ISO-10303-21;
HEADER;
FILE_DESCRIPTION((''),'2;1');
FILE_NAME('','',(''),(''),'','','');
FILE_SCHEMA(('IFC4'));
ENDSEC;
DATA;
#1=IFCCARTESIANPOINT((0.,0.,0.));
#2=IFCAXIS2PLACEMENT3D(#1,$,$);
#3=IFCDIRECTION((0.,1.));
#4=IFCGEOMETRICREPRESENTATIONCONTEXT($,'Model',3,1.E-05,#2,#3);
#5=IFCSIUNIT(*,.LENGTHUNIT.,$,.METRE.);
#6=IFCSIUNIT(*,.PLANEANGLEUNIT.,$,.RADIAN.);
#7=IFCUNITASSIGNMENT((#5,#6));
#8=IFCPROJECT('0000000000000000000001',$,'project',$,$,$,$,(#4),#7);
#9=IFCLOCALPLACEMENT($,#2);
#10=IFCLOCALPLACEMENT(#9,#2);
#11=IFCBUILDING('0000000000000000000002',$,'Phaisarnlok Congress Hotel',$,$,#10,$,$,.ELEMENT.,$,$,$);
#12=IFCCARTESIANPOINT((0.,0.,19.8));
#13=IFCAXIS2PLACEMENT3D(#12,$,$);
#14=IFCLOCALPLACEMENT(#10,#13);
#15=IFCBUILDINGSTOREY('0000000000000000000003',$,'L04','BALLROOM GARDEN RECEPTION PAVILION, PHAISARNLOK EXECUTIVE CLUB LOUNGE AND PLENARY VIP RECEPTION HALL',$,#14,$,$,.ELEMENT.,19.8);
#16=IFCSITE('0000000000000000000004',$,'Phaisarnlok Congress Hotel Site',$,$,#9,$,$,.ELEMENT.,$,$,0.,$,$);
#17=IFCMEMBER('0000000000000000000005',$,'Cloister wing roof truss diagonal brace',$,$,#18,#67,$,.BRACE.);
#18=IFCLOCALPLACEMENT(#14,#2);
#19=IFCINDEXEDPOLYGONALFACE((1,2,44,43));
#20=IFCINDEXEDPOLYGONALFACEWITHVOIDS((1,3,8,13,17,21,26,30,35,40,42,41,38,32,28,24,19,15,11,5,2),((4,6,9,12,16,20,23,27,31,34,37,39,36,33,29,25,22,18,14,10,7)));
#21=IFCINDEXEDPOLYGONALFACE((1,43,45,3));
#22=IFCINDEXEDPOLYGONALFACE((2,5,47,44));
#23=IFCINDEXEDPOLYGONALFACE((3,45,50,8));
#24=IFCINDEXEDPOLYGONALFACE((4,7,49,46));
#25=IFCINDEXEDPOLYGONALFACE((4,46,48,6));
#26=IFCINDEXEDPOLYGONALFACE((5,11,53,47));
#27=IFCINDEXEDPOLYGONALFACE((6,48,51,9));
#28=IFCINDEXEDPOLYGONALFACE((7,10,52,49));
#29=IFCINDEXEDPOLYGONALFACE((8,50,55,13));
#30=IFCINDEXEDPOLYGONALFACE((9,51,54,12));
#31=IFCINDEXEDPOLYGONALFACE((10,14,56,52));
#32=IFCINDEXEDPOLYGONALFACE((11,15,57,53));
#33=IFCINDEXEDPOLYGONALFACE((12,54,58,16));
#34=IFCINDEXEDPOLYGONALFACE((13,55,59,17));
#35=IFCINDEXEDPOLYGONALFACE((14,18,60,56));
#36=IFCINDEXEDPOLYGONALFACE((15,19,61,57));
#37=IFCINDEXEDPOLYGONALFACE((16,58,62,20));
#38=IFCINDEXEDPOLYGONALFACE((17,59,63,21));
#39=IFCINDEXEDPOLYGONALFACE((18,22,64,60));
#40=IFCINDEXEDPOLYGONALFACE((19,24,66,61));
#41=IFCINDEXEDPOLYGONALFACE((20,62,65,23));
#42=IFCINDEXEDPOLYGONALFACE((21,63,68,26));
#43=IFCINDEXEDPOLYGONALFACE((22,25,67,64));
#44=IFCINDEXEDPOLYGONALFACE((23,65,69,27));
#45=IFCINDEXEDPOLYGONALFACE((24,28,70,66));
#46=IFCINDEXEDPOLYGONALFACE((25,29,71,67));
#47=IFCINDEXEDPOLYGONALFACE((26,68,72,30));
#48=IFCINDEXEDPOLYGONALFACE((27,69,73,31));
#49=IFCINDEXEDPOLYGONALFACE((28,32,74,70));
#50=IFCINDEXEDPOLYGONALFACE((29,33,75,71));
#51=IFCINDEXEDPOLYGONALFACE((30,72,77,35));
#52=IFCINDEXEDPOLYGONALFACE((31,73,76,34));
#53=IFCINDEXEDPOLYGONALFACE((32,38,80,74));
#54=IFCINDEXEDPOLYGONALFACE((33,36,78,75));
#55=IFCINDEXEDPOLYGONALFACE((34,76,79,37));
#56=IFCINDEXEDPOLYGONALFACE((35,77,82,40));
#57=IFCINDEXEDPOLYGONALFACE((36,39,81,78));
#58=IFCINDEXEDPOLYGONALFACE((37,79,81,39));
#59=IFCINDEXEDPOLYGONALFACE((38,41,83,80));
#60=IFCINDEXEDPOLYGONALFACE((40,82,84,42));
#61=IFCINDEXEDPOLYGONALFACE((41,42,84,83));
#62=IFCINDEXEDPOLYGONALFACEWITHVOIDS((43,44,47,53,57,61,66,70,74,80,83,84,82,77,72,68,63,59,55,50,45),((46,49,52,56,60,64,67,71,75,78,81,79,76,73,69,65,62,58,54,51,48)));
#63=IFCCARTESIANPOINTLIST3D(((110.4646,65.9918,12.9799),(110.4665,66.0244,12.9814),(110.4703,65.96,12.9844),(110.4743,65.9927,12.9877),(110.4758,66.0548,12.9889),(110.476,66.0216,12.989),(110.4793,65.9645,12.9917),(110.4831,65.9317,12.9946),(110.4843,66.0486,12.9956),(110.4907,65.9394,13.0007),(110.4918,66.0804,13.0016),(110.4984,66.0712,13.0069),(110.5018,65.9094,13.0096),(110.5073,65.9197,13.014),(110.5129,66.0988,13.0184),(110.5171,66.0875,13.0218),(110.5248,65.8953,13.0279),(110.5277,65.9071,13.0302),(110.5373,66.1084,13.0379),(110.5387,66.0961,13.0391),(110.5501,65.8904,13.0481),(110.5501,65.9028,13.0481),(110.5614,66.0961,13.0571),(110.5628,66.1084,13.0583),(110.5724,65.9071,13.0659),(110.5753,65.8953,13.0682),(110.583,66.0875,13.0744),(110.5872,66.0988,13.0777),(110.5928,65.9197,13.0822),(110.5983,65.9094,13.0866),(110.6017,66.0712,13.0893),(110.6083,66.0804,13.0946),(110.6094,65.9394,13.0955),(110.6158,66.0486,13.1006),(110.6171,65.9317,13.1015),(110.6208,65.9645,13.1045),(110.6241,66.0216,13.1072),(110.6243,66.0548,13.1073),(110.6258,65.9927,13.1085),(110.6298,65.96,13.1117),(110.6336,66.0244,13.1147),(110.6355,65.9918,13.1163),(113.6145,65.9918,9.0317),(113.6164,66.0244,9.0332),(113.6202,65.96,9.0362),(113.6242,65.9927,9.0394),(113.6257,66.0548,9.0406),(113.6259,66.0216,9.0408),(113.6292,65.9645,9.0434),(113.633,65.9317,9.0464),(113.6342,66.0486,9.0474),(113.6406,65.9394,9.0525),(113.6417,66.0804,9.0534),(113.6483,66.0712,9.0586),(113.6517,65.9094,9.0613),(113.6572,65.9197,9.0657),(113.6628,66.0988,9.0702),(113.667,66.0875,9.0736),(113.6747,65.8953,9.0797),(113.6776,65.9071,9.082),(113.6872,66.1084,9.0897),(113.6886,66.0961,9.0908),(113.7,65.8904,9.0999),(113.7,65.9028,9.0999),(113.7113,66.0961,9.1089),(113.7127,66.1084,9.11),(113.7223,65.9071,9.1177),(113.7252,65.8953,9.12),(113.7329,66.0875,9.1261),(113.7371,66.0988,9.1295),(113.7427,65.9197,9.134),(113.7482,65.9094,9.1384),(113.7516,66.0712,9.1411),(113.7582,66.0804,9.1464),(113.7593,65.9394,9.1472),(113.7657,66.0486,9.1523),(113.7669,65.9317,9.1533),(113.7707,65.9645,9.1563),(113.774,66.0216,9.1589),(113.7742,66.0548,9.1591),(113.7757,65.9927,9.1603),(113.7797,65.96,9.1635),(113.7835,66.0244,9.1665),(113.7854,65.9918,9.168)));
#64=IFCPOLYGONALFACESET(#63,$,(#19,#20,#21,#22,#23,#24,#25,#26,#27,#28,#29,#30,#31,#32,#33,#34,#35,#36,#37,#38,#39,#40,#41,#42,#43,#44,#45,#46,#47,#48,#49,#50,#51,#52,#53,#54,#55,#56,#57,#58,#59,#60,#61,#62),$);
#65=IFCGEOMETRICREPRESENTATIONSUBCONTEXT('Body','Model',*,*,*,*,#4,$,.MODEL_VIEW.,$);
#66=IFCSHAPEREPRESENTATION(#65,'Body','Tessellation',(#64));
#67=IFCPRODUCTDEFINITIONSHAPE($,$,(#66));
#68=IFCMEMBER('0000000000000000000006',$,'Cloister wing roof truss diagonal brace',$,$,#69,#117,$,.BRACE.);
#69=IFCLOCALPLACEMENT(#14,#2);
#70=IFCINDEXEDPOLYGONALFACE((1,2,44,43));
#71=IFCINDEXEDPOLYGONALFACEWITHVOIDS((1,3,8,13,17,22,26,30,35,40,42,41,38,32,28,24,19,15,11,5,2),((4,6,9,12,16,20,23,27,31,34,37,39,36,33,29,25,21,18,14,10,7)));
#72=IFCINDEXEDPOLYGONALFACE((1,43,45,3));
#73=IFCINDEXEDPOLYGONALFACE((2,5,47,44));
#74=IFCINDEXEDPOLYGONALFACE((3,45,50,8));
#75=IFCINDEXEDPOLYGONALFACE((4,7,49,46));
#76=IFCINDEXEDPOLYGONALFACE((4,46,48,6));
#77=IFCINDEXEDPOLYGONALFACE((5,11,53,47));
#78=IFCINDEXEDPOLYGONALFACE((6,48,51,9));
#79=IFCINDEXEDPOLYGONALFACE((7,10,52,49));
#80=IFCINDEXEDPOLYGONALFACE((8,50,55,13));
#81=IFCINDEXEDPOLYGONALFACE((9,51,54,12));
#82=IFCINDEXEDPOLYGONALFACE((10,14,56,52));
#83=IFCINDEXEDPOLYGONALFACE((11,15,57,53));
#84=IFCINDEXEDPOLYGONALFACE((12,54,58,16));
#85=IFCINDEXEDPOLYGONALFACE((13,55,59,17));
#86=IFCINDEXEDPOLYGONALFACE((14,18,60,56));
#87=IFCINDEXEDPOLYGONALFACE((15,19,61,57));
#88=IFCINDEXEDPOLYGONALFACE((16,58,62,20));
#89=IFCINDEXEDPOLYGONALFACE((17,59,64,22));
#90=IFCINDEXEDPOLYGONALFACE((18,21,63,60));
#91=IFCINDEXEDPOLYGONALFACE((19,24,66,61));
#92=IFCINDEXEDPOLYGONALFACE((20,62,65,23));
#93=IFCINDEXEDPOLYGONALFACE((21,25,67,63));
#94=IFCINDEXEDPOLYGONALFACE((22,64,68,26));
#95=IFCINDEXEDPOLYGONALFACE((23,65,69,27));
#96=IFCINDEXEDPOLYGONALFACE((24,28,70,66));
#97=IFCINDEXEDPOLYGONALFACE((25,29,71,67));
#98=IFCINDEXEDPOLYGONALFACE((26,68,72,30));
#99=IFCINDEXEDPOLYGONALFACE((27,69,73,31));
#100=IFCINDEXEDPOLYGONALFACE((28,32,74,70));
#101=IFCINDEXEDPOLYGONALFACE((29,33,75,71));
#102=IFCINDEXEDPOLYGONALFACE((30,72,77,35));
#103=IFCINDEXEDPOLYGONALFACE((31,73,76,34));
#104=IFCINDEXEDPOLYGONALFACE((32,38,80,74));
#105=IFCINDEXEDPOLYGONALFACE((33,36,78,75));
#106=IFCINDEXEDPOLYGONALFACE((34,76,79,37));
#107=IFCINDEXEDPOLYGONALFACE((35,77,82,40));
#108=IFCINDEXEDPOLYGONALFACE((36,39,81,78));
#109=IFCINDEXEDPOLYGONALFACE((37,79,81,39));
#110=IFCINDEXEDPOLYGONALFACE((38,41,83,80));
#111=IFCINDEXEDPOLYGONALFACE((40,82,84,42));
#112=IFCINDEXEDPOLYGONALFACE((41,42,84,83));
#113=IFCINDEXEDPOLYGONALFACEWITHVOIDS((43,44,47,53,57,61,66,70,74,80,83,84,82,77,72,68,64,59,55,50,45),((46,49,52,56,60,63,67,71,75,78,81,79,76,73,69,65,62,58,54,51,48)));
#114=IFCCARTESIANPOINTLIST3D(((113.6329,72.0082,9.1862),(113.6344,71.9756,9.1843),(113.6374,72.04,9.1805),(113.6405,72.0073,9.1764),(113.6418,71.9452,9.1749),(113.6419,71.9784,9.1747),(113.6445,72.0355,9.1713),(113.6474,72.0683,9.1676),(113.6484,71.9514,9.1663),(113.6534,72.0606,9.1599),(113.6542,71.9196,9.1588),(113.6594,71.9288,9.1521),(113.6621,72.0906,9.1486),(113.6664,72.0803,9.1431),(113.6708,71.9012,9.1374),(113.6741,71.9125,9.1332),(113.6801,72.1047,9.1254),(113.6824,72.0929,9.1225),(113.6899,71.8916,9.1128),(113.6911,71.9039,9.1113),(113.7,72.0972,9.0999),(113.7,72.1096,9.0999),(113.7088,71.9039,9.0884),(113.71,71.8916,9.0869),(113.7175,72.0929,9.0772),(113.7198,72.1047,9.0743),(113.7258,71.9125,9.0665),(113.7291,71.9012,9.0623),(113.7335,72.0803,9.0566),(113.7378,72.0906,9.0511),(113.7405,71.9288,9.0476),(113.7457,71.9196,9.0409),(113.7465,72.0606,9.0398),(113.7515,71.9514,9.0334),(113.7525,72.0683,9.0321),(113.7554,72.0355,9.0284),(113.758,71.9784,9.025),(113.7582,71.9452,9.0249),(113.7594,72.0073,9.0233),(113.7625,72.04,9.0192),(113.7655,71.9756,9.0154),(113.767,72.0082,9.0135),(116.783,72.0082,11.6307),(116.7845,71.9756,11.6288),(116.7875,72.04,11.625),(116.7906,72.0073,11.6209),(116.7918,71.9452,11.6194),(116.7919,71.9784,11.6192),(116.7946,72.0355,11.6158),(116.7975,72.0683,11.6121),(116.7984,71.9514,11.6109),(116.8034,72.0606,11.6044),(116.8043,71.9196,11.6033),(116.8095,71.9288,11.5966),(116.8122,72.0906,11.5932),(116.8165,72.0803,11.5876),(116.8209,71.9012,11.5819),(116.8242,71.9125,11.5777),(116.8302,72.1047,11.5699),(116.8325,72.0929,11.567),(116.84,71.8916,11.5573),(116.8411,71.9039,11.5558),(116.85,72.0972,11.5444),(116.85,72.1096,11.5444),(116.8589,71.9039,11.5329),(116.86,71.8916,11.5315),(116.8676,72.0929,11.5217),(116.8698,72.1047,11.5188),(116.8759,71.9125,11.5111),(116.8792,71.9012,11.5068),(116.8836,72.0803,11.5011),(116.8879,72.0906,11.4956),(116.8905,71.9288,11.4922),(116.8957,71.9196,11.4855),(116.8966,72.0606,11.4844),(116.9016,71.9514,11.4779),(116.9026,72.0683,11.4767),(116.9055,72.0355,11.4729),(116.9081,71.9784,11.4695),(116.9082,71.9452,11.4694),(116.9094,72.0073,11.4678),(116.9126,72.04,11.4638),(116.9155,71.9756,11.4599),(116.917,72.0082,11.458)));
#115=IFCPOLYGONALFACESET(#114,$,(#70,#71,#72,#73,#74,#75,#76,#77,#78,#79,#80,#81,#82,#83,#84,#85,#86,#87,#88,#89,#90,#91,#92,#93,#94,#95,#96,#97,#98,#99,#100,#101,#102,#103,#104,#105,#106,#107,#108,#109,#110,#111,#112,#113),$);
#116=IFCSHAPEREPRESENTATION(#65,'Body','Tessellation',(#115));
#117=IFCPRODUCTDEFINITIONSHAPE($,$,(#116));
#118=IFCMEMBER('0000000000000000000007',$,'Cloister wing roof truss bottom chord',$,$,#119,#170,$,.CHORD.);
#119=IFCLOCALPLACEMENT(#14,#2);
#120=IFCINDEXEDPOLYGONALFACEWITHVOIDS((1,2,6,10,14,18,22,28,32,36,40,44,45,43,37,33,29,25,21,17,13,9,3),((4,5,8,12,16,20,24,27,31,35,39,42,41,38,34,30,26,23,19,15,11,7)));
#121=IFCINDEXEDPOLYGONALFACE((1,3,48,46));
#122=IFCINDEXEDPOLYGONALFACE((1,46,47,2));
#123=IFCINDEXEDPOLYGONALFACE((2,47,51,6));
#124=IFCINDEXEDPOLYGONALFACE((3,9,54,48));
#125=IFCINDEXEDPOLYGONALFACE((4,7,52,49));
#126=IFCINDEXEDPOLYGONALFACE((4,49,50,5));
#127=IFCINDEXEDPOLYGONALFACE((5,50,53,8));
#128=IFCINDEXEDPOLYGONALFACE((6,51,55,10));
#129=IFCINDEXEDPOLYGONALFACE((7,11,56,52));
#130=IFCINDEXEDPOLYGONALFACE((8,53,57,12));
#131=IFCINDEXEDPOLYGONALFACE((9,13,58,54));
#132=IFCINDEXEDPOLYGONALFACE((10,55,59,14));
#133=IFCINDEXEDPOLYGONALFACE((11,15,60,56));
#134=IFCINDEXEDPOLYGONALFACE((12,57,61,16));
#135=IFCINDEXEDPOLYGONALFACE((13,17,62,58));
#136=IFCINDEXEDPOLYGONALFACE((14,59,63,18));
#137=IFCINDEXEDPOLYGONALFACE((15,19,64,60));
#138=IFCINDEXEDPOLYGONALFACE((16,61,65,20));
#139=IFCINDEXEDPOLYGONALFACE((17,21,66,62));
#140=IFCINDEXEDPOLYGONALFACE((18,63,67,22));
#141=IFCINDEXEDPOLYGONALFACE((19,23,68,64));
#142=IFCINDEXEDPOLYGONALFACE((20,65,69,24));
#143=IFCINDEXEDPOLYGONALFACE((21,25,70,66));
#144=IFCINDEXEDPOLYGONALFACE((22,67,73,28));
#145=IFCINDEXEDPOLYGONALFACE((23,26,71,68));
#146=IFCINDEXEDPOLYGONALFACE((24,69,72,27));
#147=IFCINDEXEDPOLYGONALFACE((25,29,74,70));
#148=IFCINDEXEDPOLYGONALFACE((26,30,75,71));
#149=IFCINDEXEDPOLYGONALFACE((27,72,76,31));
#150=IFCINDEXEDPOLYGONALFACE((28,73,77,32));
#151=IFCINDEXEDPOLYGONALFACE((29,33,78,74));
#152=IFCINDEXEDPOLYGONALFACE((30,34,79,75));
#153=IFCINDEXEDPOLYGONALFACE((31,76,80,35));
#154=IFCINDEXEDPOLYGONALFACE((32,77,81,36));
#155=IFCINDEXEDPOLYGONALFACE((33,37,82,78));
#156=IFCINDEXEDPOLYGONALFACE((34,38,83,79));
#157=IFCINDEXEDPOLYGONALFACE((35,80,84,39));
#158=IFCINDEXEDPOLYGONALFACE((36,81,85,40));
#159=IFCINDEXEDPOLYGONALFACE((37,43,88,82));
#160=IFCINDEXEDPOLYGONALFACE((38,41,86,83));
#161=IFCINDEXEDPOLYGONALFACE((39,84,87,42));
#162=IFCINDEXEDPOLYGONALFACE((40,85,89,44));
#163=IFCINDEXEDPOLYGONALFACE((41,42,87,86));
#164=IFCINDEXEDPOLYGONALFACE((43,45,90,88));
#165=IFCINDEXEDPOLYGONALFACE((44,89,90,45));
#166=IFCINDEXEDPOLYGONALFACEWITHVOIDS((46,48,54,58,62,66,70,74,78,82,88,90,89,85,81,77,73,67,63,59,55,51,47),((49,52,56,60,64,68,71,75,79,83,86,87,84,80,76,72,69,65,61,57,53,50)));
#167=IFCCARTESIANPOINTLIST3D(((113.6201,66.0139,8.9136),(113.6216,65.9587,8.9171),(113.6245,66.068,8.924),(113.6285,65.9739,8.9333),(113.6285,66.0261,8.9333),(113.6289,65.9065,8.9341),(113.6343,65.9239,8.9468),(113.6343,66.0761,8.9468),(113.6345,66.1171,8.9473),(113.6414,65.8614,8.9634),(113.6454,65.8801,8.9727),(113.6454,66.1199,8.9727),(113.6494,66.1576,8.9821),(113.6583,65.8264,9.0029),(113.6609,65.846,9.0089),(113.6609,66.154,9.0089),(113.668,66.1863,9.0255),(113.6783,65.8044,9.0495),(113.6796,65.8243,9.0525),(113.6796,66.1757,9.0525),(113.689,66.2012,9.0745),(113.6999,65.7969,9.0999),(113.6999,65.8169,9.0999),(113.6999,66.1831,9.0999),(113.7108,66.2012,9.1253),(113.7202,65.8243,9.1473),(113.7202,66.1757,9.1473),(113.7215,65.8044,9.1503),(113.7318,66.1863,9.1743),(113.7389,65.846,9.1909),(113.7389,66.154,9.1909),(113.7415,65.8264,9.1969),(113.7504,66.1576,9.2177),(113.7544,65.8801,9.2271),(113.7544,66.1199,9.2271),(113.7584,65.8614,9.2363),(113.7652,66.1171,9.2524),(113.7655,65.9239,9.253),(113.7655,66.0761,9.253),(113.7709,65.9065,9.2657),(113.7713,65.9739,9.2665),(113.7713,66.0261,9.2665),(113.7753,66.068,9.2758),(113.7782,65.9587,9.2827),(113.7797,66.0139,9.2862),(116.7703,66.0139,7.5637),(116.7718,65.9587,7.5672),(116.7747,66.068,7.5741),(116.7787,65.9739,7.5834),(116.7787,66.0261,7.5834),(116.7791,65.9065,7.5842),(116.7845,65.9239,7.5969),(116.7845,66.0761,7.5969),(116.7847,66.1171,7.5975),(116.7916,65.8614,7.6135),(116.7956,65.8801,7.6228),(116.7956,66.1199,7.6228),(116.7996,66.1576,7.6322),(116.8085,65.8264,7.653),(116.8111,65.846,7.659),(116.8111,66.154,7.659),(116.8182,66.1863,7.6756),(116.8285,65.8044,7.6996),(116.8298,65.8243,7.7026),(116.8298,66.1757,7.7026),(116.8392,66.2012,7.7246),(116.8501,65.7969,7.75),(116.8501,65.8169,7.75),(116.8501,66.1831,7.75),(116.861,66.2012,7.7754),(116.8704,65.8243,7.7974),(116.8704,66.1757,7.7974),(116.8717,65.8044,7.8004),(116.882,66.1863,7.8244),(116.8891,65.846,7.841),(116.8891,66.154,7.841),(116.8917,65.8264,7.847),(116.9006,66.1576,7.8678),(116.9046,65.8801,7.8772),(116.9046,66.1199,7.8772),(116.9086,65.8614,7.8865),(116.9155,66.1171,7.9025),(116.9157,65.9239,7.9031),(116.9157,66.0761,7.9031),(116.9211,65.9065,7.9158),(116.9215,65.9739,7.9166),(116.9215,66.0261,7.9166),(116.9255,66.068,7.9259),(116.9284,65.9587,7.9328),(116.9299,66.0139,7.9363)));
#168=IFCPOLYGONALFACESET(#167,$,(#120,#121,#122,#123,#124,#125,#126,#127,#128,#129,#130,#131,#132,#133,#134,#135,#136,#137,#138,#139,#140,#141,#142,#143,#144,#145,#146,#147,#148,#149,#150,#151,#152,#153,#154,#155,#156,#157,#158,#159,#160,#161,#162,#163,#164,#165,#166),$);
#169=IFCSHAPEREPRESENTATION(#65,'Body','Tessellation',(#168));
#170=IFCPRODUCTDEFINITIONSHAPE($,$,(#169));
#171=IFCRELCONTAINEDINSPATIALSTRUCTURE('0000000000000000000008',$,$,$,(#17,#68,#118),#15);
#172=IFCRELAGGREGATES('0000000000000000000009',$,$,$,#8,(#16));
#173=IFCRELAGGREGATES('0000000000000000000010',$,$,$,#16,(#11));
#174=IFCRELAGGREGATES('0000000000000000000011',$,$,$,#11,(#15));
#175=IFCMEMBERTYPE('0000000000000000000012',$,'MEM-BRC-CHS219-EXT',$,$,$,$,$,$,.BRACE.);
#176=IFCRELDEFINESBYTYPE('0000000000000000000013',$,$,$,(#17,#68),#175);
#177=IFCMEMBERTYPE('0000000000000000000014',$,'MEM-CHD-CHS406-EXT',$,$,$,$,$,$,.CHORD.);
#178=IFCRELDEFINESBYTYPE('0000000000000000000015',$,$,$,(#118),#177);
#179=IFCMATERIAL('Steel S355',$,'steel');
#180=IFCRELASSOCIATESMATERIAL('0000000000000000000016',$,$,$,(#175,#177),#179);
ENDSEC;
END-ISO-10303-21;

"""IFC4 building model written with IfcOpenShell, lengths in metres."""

from ifc_helpers import new_model, si_unit, direction, frame, origin, origin_2d, place, context, subcontext, project, spatial, hollow_circle, extrude, material, material_profile, profile_set, type_object, element, save


model = new_model("IFC4")

# Units and contexts
model_context = context("Model", 3, precision=1e-05, world=origin(), true_north=direction((0.0, 1.0)))
body_context = subcontext(model_context, "Body", "Model", "MODEL_VIEW")
ifc_project = project(units=[si_unit("LENGTHUNIT", "METRE"), si_unit("PLANEANGLEUNIT", "RADIAN")], contexts=[model_context])

# Site, building, storey
site_placement = place(None, origin())
site = spatial("IfcSite", under=ifc_project, at=site_placement, Name="Phaisarnlok Congress Hotel Site", CompositionType="ELEMENT", RefElevation=0.0)
building_placement = place(site_placement, origin())
building = spatial("IfcBuilding", under=site, at=building_placement, Name="Phaisarnlok Congress Hotel", CompositionType="ELEMENT")
storey_placement = place(building_placement, frame((0.0, 0.0, 19.8)))
storey = spatial("IfcBuildingStorey", under=building, at=storey_placement, Name="L04", Description="BALLROOM GARDEN RECEPTION PAVILION, PHAISARNLOK EXECUTIVE CLUB LOUNGE AND PLENARY VIP RECEPTION HALL", CompositionType="ELEMENT", Elevation=19.8)

# Members
ifc_material_1 = material(Name="Steel S355", Category="steel")
ifc_material_profile_1 = material_profile(ifc_material_1, hollow_circle(Radius=0.1096, WallThickness=0.0125, at=origin_2d()), Name="CHS 219.1x12.5")
ifc_profile_set_1 = profile_set([ifc_material_profile_1], Name="Steel S355")
member_type_1 = type_object("IfcMemberType", Name="MEM-BRC-CHS219-EXT", PredefinedType="BRACE", material=ifc_profile_set_1)
member_1_placement = place(storey_placement, frame((113.7, 66.0, 9.0999), z_axis=(-0.623645, 0.0, 0.781708), x_axis=(0.0, -1.0, 0.0)))
element("IfcMember", 1, at=member_1_placement, inside=storey, type_object=member_type_1, Name="Cloister wing roof truss diagonal brace", PredefinedType="BRACE", context=body_context, shape_type="SweptSolid", body=[
    extrude(hollow_circle(Radius=0.1096, WallThickness=0.0125, at=origin_2d()), origin(), (0.0, 0.0, 1.0), 5.0508),
])
member_2_placement = place(storey_placement, frame((113.7, 72.0, 9.0999), z_axis=(0.790024, 0.0, 0.613076), x_axis=(0.0, 1.0, 0.0)))
element("IfcMember", 2, at=member_2_placement, inside=storey, type_object=member_type_1, Name="Cloister wing roof truss diagonal brace", PredefinedType="BRACE", context=body_context, shape_type="SweptSolid", body=[
    extrude(hollow_circle(Radius=0.1096, WallThickness=0.0125, at=origin_2d()), origin(), (0.0, 0.0, 1.0), 3.9873),
])
ifc_material_profile_2 = material_profile(ifc_material_1, hollow_circle(Radius=0.2031, WallThickness=0.02, at=origin_2d()), Name="CHS 406.4x20")
ifc_profile_set_2 = profile_set([ifc_material_profile_2], Name="Steel S355")
member_type_2 = type_object("IfcMemberType", Name="MEM-CHD-CHS406-EXT", PredefinedType="CHORD", material=ifc_profile_set_2)
member_3_placement = place(storey_placement, frame((116.8501, 66.0, 7.75), z_axis=(-0.919167, 0.0, 0.393868), x_axis=(0.0, -1.0, 0.0)))
element("IfcMember", 3, at=member_3_placement, inside=storey, type_object=member_type_2, Name="Cloister wing roof truss bottom chord", PredefinedType="CHORD", context=body_context, shape_type="SweptSolid", body=[
    extrude(hollow_circle(Radius=0.2031, WallThickness=0.02, at=origin_2d()), origin(), (0.0, 0.0, 1.0), 3.4272),
])

save(model, "model.ifc")
